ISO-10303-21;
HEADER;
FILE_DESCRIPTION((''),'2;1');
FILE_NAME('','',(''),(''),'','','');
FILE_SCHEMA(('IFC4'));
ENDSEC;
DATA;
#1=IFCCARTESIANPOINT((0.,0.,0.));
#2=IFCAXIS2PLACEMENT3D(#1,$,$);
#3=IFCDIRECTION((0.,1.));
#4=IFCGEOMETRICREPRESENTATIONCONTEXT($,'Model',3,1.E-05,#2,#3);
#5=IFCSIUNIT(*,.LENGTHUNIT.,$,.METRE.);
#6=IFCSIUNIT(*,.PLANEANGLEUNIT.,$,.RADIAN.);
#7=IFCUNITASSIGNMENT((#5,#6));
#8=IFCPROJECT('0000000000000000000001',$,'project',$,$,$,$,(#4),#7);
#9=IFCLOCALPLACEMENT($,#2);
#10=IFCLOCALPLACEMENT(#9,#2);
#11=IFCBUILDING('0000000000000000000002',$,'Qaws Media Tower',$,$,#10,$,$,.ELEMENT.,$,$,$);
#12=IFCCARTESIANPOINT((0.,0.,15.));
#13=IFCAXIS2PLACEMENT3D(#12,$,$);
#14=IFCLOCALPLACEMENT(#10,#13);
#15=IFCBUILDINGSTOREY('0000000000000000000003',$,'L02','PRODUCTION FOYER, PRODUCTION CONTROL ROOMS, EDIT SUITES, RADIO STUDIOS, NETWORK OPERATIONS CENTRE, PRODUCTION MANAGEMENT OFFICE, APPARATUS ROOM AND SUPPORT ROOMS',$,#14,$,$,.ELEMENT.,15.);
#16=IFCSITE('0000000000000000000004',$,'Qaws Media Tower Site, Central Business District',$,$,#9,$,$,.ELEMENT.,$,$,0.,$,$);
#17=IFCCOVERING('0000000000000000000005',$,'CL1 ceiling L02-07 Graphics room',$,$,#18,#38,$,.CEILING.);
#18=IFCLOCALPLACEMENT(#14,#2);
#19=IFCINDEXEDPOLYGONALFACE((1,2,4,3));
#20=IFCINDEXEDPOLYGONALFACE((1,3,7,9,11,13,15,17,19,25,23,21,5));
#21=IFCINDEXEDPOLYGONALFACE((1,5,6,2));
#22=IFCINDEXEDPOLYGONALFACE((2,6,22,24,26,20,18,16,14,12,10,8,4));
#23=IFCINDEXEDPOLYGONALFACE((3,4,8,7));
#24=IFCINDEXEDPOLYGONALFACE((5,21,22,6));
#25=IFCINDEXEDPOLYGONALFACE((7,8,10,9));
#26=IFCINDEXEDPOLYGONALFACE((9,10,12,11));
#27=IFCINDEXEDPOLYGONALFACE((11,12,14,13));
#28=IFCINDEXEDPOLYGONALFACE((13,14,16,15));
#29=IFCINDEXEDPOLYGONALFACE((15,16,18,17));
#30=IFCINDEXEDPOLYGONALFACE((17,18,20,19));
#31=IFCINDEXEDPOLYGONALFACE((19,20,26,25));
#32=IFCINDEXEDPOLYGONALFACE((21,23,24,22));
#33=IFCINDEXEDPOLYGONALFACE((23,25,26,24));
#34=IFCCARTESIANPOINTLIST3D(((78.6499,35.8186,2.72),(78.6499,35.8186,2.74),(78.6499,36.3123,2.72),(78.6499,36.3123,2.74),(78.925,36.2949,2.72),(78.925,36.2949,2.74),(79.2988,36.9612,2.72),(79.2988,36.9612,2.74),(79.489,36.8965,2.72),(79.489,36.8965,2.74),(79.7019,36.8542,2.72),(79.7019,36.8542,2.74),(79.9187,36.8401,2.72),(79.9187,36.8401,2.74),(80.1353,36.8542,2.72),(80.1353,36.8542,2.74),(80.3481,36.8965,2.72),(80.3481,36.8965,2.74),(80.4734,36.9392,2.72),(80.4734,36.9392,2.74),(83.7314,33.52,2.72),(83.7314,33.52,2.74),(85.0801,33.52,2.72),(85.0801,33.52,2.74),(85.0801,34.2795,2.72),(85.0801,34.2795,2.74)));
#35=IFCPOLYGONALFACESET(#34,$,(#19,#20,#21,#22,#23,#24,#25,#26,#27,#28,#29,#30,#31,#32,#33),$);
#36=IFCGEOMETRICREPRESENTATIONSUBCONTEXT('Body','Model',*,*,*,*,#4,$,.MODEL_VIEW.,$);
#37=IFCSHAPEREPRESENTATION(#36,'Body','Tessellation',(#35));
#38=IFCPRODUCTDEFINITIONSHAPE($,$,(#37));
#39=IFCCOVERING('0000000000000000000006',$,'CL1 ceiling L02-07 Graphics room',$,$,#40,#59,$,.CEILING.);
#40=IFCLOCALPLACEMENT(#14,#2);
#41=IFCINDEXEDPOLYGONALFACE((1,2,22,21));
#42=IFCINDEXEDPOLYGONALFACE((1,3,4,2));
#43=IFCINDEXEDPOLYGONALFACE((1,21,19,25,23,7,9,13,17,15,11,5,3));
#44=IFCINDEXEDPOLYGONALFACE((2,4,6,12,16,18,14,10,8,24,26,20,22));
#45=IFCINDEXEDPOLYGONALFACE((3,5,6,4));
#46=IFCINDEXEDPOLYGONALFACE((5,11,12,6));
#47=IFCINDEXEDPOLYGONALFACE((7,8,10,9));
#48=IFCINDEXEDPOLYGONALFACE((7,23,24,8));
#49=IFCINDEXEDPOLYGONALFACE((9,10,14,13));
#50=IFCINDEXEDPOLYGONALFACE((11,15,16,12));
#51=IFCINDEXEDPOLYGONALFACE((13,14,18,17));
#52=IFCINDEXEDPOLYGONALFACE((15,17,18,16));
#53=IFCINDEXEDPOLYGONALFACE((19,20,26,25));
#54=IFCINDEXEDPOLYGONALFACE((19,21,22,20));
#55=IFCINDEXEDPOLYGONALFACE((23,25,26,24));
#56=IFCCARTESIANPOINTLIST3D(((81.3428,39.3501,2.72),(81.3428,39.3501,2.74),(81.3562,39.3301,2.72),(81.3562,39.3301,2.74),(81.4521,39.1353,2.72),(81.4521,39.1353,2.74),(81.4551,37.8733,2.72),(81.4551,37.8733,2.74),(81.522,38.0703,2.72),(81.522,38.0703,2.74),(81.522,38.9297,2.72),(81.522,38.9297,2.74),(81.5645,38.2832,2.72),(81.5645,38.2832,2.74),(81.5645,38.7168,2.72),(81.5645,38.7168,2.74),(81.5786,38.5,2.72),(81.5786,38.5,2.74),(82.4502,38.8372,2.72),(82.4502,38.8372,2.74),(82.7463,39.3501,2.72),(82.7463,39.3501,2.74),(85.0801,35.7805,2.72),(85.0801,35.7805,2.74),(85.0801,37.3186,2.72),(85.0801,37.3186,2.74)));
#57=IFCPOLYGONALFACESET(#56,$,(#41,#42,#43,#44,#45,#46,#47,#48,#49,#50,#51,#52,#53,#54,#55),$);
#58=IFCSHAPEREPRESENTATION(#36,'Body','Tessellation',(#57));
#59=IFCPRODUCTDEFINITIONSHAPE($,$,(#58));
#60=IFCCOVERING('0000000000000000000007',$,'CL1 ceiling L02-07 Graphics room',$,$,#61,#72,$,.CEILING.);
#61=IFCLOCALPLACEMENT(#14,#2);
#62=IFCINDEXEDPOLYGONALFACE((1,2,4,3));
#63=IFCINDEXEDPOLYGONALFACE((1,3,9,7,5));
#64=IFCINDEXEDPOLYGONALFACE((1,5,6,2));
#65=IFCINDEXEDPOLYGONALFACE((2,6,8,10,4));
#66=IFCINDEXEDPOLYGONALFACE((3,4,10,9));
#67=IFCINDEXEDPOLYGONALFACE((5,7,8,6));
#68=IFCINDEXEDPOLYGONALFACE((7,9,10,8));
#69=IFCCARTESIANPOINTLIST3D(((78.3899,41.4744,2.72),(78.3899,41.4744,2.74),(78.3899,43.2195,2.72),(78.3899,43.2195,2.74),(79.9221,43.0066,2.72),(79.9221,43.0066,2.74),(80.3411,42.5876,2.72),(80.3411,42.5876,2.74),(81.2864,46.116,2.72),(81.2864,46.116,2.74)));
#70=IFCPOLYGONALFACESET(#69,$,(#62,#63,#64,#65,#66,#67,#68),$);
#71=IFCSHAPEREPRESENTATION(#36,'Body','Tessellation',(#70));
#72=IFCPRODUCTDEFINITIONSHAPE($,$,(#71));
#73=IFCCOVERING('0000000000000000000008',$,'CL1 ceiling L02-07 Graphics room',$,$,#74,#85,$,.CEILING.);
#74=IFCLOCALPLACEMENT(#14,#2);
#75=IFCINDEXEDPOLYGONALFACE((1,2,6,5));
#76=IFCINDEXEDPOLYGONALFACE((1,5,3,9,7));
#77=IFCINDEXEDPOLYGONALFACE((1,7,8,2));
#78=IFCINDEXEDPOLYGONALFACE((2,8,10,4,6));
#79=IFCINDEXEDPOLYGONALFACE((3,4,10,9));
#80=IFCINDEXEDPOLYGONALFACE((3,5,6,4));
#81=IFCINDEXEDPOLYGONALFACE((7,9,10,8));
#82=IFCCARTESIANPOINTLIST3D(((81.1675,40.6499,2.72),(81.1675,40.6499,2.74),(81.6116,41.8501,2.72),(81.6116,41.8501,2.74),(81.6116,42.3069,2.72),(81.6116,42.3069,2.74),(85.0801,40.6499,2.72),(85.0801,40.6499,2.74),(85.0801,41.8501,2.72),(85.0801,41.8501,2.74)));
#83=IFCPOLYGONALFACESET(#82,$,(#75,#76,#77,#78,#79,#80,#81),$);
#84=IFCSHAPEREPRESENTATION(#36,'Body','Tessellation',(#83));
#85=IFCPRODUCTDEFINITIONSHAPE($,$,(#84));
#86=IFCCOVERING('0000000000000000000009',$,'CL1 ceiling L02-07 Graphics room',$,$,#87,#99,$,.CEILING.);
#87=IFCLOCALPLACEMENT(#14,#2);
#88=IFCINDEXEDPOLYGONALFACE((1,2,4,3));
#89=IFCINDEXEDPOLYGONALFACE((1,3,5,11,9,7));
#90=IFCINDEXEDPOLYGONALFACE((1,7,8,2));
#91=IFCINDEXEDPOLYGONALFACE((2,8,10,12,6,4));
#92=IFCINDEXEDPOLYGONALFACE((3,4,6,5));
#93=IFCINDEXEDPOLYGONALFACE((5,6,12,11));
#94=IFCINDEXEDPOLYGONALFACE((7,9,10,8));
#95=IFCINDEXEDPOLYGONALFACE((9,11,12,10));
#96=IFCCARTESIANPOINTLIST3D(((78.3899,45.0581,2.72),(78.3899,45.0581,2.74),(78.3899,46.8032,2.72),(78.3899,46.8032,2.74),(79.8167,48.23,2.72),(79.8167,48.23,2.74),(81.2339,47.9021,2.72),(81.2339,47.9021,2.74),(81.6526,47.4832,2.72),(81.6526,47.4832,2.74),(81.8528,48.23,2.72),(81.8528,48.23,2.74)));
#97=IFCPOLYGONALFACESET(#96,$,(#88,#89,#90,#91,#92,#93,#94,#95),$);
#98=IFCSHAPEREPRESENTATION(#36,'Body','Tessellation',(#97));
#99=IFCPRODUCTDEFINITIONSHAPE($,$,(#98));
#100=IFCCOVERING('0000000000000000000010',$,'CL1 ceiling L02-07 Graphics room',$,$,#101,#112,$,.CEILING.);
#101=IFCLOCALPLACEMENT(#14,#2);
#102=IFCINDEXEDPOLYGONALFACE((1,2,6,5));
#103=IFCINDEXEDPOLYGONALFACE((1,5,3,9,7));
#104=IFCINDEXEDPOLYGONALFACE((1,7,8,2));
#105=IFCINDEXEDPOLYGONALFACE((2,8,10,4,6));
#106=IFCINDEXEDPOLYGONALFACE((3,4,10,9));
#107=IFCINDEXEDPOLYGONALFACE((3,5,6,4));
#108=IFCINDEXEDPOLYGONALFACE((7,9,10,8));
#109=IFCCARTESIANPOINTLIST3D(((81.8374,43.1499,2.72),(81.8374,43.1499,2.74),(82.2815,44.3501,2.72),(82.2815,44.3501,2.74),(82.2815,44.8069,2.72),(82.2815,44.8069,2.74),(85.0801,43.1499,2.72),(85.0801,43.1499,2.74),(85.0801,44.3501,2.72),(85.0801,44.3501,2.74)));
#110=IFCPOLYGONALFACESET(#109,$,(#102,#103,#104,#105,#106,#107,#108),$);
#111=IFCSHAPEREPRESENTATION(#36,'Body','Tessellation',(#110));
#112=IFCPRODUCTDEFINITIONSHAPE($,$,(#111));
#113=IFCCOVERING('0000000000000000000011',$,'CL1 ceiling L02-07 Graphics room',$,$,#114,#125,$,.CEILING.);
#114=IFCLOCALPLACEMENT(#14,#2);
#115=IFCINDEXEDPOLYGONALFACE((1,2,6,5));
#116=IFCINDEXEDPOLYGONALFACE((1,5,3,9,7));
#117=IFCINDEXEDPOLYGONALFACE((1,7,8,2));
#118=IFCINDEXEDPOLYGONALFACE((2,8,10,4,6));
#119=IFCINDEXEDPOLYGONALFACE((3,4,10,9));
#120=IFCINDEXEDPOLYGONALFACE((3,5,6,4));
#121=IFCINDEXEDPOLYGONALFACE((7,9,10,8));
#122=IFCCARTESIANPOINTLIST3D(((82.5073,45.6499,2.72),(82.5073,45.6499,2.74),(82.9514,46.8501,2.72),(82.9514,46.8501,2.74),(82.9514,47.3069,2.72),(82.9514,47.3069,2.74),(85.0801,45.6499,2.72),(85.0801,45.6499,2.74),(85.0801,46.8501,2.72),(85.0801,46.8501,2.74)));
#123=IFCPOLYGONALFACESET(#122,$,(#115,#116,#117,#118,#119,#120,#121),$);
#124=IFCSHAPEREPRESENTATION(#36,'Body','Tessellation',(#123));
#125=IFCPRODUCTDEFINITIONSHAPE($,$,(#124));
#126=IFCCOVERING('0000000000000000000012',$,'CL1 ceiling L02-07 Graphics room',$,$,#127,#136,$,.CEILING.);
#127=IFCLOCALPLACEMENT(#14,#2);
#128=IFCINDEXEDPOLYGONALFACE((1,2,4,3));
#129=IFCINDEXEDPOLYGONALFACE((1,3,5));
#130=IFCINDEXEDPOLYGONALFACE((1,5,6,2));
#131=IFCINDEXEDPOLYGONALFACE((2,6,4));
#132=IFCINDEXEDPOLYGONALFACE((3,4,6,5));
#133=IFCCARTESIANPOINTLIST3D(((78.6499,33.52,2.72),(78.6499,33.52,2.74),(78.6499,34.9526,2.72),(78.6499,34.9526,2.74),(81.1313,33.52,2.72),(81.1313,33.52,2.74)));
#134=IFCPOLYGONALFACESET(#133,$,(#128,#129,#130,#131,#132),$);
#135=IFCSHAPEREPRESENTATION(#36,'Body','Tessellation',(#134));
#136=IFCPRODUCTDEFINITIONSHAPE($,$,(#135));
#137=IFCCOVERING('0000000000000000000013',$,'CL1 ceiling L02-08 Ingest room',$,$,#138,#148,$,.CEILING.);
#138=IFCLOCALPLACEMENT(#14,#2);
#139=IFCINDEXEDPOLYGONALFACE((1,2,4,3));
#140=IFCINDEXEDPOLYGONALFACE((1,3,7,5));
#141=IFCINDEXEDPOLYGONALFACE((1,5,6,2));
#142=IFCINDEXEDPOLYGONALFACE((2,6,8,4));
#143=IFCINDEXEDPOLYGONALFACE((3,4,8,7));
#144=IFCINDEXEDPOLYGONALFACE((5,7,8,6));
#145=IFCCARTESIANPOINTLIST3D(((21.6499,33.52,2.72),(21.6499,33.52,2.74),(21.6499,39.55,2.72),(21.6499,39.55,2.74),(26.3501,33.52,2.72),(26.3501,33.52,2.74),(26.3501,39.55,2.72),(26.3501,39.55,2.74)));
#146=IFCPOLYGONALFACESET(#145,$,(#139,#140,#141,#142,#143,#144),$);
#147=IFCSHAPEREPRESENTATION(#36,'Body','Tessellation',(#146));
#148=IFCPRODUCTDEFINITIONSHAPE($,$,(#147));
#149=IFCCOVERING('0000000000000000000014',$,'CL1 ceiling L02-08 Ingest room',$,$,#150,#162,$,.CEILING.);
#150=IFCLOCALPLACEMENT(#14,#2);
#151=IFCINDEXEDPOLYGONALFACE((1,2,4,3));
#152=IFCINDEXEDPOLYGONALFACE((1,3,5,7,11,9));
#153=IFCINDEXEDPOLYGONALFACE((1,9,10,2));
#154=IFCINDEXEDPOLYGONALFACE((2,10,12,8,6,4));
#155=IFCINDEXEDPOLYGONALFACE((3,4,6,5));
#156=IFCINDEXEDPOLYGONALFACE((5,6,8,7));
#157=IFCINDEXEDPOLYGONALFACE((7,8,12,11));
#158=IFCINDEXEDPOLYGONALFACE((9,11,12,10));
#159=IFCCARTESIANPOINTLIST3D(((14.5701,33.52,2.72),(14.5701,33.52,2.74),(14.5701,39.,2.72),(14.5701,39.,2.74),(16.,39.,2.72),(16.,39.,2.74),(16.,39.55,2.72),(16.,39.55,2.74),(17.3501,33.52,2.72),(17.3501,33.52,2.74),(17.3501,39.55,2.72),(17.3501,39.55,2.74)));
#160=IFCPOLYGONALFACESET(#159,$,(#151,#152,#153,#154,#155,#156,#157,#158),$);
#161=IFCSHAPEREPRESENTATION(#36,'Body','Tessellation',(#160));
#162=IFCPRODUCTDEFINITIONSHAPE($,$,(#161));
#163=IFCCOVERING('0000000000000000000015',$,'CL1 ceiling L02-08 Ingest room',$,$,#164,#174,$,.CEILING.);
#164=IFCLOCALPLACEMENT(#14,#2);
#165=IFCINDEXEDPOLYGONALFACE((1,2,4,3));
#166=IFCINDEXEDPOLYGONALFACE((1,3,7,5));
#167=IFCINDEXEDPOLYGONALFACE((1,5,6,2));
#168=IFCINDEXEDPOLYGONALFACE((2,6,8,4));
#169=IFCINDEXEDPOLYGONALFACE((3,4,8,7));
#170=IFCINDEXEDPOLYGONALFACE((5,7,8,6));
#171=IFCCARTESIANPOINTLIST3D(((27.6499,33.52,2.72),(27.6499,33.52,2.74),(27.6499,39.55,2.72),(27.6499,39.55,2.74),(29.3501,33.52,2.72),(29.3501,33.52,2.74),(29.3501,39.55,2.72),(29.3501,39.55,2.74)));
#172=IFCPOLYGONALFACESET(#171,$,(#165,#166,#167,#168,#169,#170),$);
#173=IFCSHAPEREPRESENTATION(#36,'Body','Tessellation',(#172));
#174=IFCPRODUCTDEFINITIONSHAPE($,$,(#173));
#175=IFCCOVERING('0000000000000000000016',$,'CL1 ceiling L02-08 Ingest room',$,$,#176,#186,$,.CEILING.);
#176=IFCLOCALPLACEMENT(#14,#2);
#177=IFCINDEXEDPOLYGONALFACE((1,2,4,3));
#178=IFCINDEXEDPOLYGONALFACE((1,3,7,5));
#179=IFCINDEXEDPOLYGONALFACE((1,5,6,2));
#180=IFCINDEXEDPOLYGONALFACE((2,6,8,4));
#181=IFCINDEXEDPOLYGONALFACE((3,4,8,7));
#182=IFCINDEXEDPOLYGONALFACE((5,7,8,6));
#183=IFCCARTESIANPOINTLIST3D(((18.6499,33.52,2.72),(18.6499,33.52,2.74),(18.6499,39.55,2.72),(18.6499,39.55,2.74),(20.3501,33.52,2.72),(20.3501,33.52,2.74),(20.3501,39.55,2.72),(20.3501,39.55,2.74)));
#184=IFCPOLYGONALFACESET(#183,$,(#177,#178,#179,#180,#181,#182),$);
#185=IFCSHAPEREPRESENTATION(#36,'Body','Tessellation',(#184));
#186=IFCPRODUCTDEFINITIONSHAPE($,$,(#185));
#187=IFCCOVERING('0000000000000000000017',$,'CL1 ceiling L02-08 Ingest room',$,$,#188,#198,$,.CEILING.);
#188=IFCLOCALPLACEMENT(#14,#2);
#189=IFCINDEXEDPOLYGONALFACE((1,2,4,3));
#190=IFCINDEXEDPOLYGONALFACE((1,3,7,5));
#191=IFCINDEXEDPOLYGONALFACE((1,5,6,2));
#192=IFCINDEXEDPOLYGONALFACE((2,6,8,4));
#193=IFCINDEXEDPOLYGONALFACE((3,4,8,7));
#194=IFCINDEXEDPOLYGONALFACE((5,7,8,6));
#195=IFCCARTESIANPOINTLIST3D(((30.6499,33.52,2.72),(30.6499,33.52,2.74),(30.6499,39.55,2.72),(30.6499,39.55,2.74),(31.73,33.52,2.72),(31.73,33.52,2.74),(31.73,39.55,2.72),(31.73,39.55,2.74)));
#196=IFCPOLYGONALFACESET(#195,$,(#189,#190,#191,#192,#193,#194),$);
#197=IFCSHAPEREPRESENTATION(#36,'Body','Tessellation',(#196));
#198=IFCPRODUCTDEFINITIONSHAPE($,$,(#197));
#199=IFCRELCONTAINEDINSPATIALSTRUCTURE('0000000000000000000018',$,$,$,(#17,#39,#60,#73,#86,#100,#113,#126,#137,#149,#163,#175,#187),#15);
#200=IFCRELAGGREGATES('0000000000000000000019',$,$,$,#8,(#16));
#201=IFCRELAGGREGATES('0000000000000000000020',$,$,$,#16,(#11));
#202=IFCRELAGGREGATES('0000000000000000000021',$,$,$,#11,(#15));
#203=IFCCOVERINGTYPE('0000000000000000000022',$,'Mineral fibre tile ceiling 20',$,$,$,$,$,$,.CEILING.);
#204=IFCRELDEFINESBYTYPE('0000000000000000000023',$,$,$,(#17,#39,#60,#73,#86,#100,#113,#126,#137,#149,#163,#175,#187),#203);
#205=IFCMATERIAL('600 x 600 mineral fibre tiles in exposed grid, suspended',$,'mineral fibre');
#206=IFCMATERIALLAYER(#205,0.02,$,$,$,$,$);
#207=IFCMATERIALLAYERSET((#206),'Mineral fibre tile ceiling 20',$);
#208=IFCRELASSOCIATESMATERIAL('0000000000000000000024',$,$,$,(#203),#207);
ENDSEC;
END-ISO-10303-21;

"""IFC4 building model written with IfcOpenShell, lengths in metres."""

from ifc_helpers import new_model, si_unit, direction, frame, origin, place, context, subcontext, project, spatial, polyline, outline, extrude, material, layer, layer_set, type_object, element, save


model = new_model("IFC4")

# Units and contexts
model_context = context("Model", 3, precision=1e-05, world=origin(), true_north=direction((0.0, 1.0)))
body_context = subcontext(model_context, "Body", "Model", "MODEL_VIEW")
ifc_project = project(units=[si_unit("LENGTHUNIT", "METRE"), si_unit("PLANEANGLEUNIT", "RADIAN")], contexts=[model_context])

# Site, building, storey
site_placement = place(None, origin())
site = spatial("IfcSite", under=ifc_project, at=site_placement, Name="Qaws Media Tower Site, Central Business District", CompositionType="ELEMENT", RefElevation=0.0)
building_placement = place(site_placement, origin())
building = spatial("IfcBuilding", under=site, at=building_placement, Name="Qaws Media Tower", CompositionType="ELEMENT")
storey_placement = place(building_placement, frame((0.0, 0.0, 15.0)))
storey = spatial("IfcBuildingStorey", under=building, at=storey_placement, Name="L02", Description="PRODUCTION FOYER, PRODUCTION CONTROL ROOMS, EDIT SUITES, RADIO STUDIOS, NETWORK OPERATIONS CENTRE, PRODUCTION MANAGEMENT OFFICE, APPARATUS ROOM AND SUPPORT ROOMS", CompositionType="ELEMENT", Elevation=15.0)

# Coverings
ifc_material_1 = material(Name="600 x 600 mineral fibre tiles in exposed grid, suspended", Category="mineral fibre")
ifc_layer_1 = layer(ifc_material_1, 0.02)
ifc_layer_set_1 = layer_set([ifc_layer_1], Name="Mineral fibre tile ceiling 20")
covering_type_1 = type_object("IfcCoveringType", Name="Mineral fibre tile ceiling 20", PredefinedType="CEILING", material=ifc_layer_set_1)
covering_1_placement = place(storey_placement, frame((0.0, 0.0, 2.72)))
element("IfcCovering", 1, at=covering_1_placement, inside=storey, type_object=covering_type_1, Name="CL1 ceiling L02-07 Graphics room", PredefinedType="CEILING", context=body_context, shape_type="SweptSolid", body=[
    extrude(outline(polyline([(85.0801, 33.52), (83.7314, 33.52), (78.925, 36.2949), (78.6499, 35.8186), (78.6499, 36.3123), (79.2988, 36.9612), (79.489, 36.8965), (79.7019, 36.8542), (79.9187, 36.8401), (80.1353, 36.8542), (80.3481, 36.8965), (80.4734, 36.9392), (85.0801, 34.2795), (85.0801, 33.52)])), origin(), (0.0, 0.0, 1.0), 0.02),
])
covering_2_placement = place(storey_placement, frame((0.0, 0.0, 2.72)))
element("IfcCovering", 2, at=covering_2_placement, inside=storey, type_object=covering_type_1, Name="CL1 ceiling L02-07 Graphics room", PredefinedType="CEILING", context=body_context, shape_type="SweptSolid", body=[
    extrude(outline(polyline([(85.0801, 35.7805), (81.4551, 37.8733), (81.522, 38.0703), (81.5645, 38.2832), (81.5786, 38.5), (81.5645, 38.7168), (81.522, 38.9297), (81.4521, 39.1353), (81.3562, 39.3301), (81.3428, 39.3501), (82.7463, 39.3501), (82.4502, 38.8372), (85.0801, 37.3186), (85.0801, 35.7805)])), origin(), (0.0, 0.0, 1.0), 0.02),
])
covering_3_placement = place(storey_placement, frame((0.0, 0.0, 2.72)))
element("IfcCovering", 3, at=covering_3_placement, inside=storey, type_object=covering_type_1, Name="CL1 ceiling L02-07 Graphics room", PredefinedType="CEILING", context=body_context, shape_type="SweptSolid", body=[
    extrude(outline(polyline([(78.3899, 43.2195), (81.2864, 46.116), (80.3411, 42.5876), (79.9221, 43.0066), (78.3899, 41.4744), (78.3899, 43.2195)])), origin(), (0.0, 0.0, 1.0), 0.02),
])
covering_4_placement = place(storey_placement, frame((0.0, 0.0, 2.72)))
element("IfcCovering", 4, at=covering_4_placement, inside=storey, type_object=covering_type_1, Name="CL1 ceiling L02-07 Graphics room", PredefinedType="CEILING", context=body_context, shape_type="SweptSolid", body=[
    extrude(outline(polyline([(85.0801, 40.6499), (81.1675, 40.6499), (81.6116, 42.3069), (81.6116, 41.8501), (85.0801, 41.8501), (85.0801, 40.6499)])), origin(), (0.0, 0.0, 1.0), 0.02),
])
covering_5_placement = place(storey_placement, frame((0.0, 0.0, 2.72)))
element("IfcCovering", 5, at=covering_5_placement, inside=storey, type_object=covering_type_1, Name="CL1 ceiling L02-07 Graphics room", PredefinedType="CEILING", context=body_context, shape_type="SweptSolid", body=[
    extrude(outline(polyline([(78.3899, 46.8032), (79.8167, 48.23), (81.8528, 48.23), (81.6526, 47.4832), (81.2339, 47.9021), (78.3899, 45.0581), (78.3899, 46.8032)])), origin(), (0.0, 0.0, 1.0), 0.02),
])
covering_6_placement = place(storey_placement, frame((0.0, 0.0, 2.72)))
element("IfcCovering", 6, at=covering_6_placement, inside=storey, type_object=covering_type_1, Name="CL1 ceiling L02-07 Graphics room", PredefinedType="CEILING", context=body_context, shape_type="SweptSolid", body=[
    extrude(outline(polyline([(85.0801, 43.1499), (81.8374, 43.1499), (82.2815, 44.8069), (82.2815, 44.3501), (85.0801, 44.3501), (85.0801, 43.1499)])), origin(), (0.0, 0.0, 1.0), 0.02),
])
covering_7_placement = place(storey_placement, frame((0.0, 0.0, 2.72)))
element("IfcCovering", 7, at=covering_7_placement, inside=storey, type_object=covering_type_1, Name="CL1 ceiling L02-07 Graphics room", PredefinedType="CEILING", context=body_context, shape_type="SweptSolid", body=[
    extrude(outline(polyline([(85.0801, 45.6499), (82.5073, 45.6499), (82.9514, 47.3069), (82.9514, 46.8501), (85.0801, 46.8501), (85.0801, 45.6499)])), origin(), (0.0, 0.0, 1.0), 0.02),
])
covering_8_placement = place(storey_placement, frame((0.0, 0.0, 2.72)))
element("IfcCovering", 8, at=covering_8_placement, inside=storey, type_object=covering_type_1, Name="CL1 ceiling L02-07 Graphics room", PredefinedType="CEILING", context=body_context, shape_type="SweptSolid", body=[
    extrude(outline(polyline([(78.6499, 33.52), (78.6499, 34.9526), (81.1313, 33.52), (78.6499, 33.52)])), origin(), (0.0, 0.0, 1.0), 0.02),
])
covering_9_placement = place(storey_placement, frame((0.0, 0.0, 2.72)))
element("IfcCovering", 9, at=covering_9_placement, inside=storey, type_object=covering_type_1, Name="CL1 ceiling L02-08 Ingest room", PredefinedType="CEILING", context=body_context, shape_type="SweptSolid", body=[
    extrude(outline(polyline([(21.6499, 33.52), (21.6499, 39.55), (26.3501, 39.55), (26.3501, 33.52), (21.6499, 33.52)])), origin(), (0.0, 0.0, 1.0), 0.02),
])
covering_10_placement = place(storey_placement, frame((0.0, 0.0, 2.72)))
element("IfcCovering", 10, at=covering_10_placement, inside=storey, type_object=covering_type_1, Name="CL1 ceiling L02-08 Ingest room", PredefinedType="CEILING", context=body_context, shape_type="SweptSolid", body=[
    extrude(outline(polyline([(14.5701, 39.0), (16.0, 39.0), (16.0, 39.55), (17.3501, 39.55), (17.3501, 33.52), (14.5701, 33.52), (14.5701, 39.0)])), origin(), (0.0, 0.0, 1.0), 0.02),
])
covering_11_placement = place(storey_placement, frame((0.0, 0.0, 2.72)))
element("IfcCovering", 11, at=covering_11_placement, inside=storey, type_object=covering_type_1, Name="CL1 ceiling L02-08 Ingest room", PredefinedType="CEILING", context=body_context, shape_type="SweptSolid", body=[
    extrude(outline(polyline([(27.6499, 33.52), (27.6499, 39.55), (29.3501, 39.55), (29.3501, 33.52), (27.6499, 33.52)])), origin(), (0.0, 0.0, 1.0), 0.02),
])
covering_12_placement = place(storey_placement, frame((0.0, 0.0, 2.72)))
element("IfcCovering", 12, at=covering_12_placement, inside=storey, type_object=covering_type_1, Name="CL1 ceiling L02-08 Ingest room", PredefinedType="CEILING", context=body_context, shape_type="SweptSolid", body=[
    extrude(outline(polyline([(18.6499, 33.52), (18.6499, 39.55), (20.3501, 39.55), (20.3501, 33.52), (18.6499, 33.52)])), origin(), (0.0, 0.0, 1.0), 0.02),
])
covering_13_placement = place(storey_placement, frame((0.0, 0.0, 2.72)))
element("IfcCovering", 13, at=covering_13_placement, inside=storey, type_object=covering_type_1, Name="CL1 ceiling L02-08 Ingest room", PredefinedType="CEILING", context=body_context, shape_type="SweptSolid", body=[
    extrude(outline(polyline([(31.73, 33.52), (30.6499, 33.52), (30.6499, 39.55), (31.73, 39.55), (31.73, 33.52)])), origin(), (0.0, 0.0, 1.0), 0.02),
])

save(model, "model.ifc")
